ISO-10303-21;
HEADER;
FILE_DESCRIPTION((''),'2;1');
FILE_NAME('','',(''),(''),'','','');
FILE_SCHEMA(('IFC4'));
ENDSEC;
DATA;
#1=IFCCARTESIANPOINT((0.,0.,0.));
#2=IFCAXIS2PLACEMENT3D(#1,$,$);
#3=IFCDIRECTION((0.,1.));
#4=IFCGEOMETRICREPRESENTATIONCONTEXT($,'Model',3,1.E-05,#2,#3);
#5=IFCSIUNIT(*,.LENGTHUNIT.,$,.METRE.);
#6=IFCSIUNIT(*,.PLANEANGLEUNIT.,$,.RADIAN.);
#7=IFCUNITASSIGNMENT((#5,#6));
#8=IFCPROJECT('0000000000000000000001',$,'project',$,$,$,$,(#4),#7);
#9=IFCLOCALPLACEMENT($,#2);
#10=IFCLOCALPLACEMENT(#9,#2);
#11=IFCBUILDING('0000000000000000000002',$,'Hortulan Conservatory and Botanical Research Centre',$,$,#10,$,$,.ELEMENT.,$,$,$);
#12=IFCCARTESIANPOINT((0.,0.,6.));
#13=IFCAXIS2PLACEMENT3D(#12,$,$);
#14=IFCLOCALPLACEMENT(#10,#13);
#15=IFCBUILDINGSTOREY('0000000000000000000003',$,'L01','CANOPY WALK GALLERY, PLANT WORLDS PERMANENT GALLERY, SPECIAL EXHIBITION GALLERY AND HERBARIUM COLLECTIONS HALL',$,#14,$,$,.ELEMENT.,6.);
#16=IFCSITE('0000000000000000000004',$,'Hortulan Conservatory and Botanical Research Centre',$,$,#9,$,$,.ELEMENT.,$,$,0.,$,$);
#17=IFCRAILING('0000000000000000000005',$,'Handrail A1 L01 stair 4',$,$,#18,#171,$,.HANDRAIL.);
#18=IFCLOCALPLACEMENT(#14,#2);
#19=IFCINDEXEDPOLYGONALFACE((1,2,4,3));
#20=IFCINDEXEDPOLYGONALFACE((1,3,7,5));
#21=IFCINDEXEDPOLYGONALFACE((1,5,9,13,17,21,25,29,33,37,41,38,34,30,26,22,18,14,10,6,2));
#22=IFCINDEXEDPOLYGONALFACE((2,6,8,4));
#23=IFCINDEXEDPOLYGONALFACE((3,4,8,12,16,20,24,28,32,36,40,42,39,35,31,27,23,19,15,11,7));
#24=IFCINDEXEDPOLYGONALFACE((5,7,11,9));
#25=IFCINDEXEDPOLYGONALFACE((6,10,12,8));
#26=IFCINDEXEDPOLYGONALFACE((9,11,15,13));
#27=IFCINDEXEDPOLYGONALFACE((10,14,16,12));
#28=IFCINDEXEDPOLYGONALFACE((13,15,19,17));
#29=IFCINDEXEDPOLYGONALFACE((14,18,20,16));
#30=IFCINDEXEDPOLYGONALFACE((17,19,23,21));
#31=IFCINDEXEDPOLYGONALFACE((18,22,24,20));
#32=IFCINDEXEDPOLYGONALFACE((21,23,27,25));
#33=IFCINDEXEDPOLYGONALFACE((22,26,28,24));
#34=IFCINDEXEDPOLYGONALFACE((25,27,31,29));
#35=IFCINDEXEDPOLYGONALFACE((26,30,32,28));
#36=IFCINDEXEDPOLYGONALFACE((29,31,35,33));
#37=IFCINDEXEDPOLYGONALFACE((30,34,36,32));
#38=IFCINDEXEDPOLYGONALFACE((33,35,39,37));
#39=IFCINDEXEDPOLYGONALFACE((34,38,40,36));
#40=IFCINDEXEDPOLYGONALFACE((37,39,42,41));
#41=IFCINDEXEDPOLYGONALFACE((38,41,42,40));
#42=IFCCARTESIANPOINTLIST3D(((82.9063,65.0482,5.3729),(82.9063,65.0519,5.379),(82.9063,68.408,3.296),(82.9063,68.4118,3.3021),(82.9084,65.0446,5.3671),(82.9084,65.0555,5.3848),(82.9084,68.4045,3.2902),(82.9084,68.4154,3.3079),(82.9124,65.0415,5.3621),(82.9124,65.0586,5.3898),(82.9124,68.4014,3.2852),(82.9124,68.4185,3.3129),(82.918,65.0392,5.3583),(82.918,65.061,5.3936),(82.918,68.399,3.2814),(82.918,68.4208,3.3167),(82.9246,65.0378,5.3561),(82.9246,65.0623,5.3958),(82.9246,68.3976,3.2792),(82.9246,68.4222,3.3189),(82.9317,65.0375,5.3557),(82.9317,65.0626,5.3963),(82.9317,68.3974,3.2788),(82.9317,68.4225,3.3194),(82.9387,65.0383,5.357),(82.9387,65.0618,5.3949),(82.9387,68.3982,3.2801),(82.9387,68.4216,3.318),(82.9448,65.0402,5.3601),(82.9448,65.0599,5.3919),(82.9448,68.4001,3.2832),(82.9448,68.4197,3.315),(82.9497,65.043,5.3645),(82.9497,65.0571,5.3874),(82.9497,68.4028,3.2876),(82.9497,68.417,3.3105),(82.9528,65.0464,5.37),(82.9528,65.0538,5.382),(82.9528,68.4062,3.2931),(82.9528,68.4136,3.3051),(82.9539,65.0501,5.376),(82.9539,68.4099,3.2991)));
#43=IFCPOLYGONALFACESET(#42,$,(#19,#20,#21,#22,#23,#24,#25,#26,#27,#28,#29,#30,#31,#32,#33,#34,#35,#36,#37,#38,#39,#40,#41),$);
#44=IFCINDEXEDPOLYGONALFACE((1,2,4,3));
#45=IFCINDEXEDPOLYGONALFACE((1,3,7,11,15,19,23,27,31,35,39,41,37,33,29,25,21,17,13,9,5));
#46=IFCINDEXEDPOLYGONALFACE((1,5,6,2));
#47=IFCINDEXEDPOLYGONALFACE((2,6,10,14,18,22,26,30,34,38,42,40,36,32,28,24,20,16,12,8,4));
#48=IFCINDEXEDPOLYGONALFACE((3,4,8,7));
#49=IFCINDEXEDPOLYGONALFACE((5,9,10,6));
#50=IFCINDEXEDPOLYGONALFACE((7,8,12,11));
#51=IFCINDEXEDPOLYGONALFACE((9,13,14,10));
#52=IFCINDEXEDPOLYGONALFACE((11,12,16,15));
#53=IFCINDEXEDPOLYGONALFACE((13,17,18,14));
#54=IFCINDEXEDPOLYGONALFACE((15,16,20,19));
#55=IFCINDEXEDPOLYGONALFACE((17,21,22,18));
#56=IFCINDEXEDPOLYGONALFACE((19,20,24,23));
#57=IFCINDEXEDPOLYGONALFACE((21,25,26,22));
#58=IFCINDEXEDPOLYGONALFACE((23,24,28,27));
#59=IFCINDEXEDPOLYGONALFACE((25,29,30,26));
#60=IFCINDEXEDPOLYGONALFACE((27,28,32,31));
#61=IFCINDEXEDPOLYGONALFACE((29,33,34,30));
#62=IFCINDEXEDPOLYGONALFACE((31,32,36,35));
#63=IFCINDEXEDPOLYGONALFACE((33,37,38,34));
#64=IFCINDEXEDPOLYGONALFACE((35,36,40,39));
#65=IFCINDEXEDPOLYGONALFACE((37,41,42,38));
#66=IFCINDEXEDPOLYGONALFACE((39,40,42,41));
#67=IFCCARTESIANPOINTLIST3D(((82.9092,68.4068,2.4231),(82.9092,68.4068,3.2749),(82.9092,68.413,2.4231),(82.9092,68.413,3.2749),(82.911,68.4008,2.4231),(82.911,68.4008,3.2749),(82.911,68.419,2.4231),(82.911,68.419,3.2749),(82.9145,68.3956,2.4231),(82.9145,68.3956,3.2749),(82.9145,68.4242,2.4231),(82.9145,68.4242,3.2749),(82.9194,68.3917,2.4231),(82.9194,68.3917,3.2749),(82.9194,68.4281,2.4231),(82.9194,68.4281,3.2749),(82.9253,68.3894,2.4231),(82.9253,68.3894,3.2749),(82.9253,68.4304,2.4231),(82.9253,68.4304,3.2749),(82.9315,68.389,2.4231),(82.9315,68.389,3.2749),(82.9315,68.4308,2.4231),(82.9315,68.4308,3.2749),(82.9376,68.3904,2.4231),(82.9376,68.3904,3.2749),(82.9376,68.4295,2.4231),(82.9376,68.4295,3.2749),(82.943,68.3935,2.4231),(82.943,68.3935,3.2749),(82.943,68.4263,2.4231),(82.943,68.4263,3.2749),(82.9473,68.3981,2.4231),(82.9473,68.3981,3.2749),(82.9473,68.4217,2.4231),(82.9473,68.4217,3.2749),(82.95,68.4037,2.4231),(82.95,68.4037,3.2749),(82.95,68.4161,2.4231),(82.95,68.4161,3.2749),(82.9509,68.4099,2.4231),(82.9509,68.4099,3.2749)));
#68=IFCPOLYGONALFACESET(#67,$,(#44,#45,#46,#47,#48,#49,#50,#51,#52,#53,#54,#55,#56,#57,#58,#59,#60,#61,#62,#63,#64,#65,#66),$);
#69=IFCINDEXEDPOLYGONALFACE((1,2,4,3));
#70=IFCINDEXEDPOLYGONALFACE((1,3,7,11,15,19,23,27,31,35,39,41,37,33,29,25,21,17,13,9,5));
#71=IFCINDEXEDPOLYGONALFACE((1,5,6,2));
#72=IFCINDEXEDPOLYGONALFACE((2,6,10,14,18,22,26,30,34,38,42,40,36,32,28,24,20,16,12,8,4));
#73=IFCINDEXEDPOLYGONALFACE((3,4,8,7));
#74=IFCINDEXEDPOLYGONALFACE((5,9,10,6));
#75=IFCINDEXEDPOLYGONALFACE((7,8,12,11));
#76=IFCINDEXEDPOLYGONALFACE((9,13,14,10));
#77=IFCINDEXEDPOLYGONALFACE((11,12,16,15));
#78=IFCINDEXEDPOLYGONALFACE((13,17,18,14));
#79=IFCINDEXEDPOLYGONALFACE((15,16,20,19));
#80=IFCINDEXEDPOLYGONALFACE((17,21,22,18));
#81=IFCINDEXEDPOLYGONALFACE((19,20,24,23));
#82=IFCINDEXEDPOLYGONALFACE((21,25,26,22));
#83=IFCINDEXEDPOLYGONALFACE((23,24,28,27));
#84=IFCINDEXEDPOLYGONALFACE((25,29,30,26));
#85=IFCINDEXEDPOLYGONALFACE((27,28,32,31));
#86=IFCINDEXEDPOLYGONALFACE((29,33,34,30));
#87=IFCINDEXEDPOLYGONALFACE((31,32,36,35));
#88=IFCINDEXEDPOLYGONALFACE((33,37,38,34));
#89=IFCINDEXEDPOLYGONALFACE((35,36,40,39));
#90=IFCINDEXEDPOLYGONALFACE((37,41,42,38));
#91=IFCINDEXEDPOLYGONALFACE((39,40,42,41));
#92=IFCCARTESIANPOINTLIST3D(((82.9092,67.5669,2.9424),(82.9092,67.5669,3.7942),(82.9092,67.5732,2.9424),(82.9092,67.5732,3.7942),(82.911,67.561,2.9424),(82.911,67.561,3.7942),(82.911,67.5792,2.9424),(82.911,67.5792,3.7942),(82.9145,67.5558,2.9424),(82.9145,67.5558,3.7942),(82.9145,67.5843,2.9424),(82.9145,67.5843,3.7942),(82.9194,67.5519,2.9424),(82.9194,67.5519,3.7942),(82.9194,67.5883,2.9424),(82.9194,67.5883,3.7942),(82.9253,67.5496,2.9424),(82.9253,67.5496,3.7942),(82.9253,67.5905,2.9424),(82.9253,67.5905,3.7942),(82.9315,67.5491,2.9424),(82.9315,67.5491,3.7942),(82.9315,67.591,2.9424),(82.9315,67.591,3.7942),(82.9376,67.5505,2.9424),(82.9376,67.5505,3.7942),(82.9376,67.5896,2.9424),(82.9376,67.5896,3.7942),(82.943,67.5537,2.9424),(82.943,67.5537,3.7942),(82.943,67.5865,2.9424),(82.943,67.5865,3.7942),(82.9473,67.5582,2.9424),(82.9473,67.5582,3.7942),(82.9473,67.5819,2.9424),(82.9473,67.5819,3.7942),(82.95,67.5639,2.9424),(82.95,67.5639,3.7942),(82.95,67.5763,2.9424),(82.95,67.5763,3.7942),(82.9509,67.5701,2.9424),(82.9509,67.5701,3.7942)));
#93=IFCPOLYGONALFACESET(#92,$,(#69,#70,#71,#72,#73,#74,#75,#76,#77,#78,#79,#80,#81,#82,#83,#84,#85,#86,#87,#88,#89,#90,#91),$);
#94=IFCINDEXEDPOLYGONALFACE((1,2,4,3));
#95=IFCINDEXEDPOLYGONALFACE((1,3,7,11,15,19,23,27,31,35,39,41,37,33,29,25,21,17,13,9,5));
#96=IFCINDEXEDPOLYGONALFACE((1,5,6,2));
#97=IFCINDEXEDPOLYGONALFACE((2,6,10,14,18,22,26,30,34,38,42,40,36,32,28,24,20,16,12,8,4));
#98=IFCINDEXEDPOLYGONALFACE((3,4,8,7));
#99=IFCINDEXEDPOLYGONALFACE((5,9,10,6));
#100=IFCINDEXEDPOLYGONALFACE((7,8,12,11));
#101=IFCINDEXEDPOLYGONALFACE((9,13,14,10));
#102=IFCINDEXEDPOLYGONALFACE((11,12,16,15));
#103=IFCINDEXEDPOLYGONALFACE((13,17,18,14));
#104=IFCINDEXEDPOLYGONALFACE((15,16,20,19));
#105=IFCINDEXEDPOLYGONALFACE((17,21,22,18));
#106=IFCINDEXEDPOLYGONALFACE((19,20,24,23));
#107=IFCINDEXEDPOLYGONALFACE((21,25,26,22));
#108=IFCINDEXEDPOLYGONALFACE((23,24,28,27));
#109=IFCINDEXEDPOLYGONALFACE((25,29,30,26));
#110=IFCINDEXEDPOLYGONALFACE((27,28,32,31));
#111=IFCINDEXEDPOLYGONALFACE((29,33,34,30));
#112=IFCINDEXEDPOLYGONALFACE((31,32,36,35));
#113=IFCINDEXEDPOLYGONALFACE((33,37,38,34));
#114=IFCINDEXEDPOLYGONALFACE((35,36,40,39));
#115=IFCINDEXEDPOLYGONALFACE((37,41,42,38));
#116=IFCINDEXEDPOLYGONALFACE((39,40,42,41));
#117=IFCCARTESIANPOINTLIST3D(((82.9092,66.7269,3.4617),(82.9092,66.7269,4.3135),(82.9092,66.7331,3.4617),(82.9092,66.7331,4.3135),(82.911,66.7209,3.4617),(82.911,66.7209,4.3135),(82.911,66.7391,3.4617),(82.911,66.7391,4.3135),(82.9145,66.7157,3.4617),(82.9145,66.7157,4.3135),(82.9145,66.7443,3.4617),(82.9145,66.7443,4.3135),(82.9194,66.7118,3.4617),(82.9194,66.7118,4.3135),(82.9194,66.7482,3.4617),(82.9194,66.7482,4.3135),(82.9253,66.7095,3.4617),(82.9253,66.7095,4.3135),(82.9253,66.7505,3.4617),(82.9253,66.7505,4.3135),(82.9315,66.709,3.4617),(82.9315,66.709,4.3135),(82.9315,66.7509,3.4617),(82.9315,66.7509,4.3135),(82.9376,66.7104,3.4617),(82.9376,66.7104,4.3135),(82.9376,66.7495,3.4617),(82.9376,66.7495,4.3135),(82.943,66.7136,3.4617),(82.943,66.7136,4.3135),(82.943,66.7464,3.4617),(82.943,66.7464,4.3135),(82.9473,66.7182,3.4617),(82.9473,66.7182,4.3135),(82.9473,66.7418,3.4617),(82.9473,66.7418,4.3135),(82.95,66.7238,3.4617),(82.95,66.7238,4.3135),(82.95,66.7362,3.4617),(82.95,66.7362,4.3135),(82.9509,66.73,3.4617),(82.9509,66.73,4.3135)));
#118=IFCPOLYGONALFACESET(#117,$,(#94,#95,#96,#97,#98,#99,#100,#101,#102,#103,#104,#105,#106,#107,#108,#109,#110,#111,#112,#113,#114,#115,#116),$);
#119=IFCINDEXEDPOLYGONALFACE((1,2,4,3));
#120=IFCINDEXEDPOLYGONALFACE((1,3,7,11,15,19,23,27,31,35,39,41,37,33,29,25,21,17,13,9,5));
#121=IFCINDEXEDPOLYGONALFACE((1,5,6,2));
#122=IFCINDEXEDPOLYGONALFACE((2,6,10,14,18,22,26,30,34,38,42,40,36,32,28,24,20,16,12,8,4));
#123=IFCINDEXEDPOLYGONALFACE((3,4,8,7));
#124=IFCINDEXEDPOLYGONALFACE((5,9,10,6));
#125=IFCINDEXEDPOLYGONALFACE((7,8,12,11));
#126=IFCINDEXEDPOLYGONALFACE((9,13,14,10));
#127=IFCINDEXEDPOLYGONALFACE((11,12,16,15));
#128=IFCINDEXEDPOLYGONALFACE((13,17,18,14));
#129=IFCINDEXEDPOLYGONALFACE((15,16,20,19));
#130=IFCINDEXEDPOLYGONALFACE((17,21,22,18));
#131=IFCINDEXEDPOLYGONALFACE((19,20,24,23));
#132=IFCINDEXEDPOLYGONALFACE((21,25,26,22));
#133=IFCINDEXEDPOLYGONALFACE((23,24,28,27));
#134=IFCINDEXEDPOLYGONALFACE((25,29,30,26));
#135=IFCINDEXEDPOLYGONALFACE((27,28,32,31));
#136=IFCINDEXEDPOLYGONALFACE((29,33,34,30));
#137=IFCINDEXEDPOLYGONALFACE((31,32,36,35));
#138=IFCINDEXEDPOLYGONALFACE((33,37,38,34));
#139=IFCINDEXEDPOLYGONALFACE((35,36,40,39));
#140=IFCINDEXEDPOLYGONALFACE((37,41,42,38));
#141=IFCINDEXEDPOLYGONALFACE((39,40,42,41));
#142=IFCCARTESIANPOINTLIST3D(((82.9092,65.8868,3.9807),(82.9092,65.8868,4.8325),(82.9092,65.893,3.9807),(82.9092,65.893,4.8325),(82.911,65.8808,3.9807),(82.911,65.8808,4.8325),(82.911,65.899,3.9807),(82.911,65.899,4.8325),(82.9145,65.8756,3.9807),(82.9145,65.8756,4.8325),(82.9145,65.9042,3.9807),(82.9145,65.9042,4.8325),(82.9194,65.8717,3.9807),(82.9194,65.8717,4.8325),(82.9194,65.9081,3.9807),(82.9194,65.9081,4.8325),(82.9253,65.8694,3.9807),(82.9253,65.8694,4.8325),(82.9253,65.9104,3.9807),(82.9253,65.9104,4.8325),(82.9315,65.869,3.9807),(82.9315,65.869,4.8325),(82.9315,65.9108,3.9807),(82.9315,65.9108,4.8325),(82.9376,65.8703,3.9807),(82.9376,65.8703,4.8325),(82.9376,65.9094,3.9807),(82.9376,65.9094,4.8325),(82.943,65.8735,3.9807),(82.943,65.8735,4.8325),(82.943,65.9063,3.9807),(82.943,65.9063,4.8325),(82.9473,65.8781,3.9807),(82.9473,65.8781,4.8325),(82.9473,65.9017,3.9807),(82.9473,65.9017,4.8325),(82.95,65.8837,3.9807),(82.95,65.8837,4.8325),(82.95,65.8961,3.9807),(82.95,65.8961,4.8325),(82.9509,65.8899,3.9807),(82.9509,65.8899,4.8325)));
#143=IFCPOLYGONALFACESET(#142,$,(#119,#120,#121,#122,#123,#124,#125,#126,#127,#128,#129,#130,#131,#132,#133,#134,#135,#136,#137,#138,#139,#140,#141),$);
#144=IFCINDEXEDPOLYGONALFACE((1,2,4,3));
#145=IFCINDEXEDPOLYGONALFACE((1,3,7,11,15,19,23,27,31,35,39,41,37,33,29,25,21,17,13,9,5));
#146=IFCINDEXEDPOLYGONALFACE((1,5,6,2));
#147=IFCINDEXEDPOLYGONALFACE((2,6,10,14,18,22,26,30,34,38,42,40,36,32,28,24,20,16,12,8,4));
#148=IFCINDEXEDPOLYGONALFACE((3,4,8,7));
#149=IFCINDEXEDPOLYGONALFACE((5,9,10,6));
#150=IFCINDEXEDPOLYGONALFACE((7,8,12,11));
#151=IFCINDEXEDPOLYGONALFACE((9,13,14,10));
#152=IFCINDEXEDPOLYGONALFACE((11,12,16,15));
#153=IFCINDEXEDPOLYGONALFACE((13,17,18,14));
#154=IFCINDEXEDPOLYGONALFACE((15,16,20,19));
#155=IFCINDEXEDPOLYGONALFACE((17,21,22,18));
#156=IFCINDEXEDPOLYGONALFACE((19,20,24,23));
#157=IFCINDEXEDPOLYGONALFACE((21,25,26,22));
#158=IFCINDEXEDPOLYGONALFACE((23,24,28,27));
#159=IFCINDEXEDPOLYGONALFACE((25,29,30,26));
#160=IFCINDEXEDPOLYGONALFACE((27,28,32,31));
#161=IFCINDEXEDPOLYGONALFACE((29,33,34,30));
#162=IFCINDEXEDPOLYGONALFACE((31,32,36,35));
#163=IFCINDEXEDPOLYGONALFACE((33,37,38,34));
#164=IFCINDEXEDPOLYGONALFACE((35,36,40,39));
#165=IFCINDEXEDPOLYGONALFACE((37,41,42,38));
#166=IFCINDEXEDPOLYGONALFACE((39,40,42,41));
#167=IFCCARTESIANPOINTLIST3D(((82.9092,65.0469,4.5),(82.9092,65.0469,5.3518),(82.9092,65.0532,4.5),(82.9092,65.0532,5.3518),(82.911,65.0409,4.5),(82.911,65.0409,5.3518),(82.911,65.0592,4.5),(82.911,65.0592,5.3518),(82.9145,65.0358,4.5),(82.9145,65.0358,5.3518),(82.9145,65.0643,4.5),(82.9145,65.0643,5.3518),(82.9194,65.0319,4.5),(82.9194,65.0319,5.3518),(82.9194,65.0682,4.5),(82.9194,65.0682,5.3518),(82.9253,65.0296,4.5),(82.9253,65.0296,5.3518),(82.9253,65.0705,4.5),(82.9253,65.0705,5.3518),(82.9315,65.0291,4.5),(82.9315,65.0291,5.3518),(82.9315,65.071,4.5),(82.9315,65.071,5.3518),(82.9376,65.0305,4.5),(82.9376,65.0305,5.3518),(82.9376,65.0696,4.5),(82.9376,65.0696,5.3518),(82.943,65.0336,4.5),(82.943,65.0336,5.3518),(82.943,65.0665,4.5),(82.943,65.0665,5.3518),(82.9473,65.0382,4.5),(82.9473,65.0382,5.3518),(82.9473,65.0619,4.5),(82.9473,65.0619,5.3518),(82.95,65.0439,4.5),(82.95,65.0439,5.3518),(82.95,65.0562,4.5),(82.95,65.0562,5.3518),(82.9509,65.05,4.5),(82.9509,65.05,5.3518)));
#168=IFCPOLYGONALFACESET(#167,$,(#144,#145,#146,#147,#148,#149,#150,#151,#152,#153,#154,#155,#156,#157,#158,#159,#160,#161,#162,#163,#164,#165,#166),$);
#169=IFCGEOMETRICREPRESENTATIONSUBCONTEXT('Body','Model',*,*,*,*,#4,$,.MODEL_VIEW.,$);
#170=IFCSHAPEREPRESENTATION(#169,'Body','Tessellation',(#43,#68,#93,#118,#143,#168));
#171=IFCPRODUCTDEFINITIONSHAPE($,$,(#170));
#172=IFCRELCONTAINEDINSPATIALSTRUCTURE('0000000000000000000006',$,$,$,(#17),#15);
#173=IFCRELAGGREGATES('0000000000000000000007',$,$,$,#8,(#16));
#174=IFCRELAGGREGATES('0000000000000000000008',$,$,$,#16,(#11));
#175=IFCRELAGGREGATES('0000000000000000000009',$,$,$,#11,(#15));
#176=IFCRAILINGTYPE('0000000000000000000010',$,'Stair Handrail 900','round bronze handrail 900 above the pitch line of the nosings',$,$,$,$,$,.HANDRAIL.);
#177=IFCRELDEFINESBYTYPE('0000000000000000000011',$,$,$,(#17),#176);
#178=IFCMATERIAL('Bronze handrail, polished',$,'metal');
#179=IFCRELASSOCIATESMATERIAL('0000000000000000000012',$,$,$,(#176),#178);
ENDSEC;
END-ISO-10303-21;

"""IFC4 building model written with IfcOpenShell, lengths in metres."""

from ifc_helpers import new_model, si_unit, direction, frame, origin, origin_2d, place, context, subcontext, project, spatial, circle, extrude, material, type_object, element, save


model = new_model("IFC4")

# Units and contexts
model_context = context("Model", 3, precision=1e-05, world=origin(), true_north=direction((0.0, 1.0)))
body_context = subcontext(model_context, "Body", "Model", "MODEL_VIEW")
ifc_project = project(units=[si_unit("LENGTHUNIT", "METRE"), si_unit("PLANEANGLEUNIT", "RADIAN")], contexts=[model_context])

# Site, building, storey
site_placement = place(None, origin())
site = spatial("IfcSite", under=ifc_project, at=site_placement, Name="Hortulan Conservatory and Botanical Research Centre", CompositionType="ELEMENT", RefElevation=0.0)
building_placement = place(site_placement, origin())
building = spatial("IfcBuilding", under=site, at=building_placement, Name="Hortulan Conservatory and Botanical Research Centre", CompositionType="ELEMENT")
storey_placement = place(building_placement, frame((0.0, 0.0, 6.0)))
storey = spatial("IfcBuildingStorey", under=building, at=storey_placement, Name="L01", Description="CANOPY WALK GALLERY, PLANT WORLDS PERMANENT GALLERY, SPECIAL EXHIBITION GALLERY AND HERBARIUM COLLECTIONS HALL", CompositionType="ELEMENT", Elevation=6.0)

# Railing
ifc_material_1 = material(Name="Bronze handrail, polished", Category="metal")
railing_type_1 = type_object("IfcRailingType", Name="Stair Handrail 900", Description="round bronze handrail 900 above the pitch line of the nosings", PredefinedType="HANDRAIL", material=ifc_material_1)
railing_1_placement = place(storey_placement, frame((82.9299, 68.4099, 2.4231)))
element("IfcRailing", 1, at=railing_1_placement, inside=storey, type_object=railing_type_1, Name="Handrail A1 L01 stair 4", PredefinedType="HANDRAIL", context=body_context, shape_type="SweptSolid", body=[
    extrude(circle(Radius=0.0239, at=origin_2d()), frame((0.0, 0.0, 0.876), z_axis=(0.0, -0.850606, 0.525803), x_axis=(1.0, 0.0, 0.0)), (0.0, 0.0, 1.0), 3.95),
    extrude(circle(Radius=0.021, at=origin_2d()), origin(), (0.0, 0.0, 1.0), 0.8518),
    extrude(circle(Radius=0.021, at=origin_2d()), frame((0.0, -0.8398, 0.5193)), (0.0, 0.0, 1.0), 0.8518),
    extrude(circle(Radius=0.021, at=origin_2d()), frame((0.0, -1.6799, 1.0386)), (0.0, 0.0, 1.0), 0.8518),
    extrude(circle(Radius=0.021, at=origin_2d()), frame((0.0, -2.52, 1.5576)), (0.0, 0.0, 1.0), 0.8518),
    extrude(circle(Radius=0.021, at=origin_2d()), frame((0.0, -3.3599, 2.0769)), (0.0, 0.0, 1.0), 0.8518),
])

save(model, "model.ifc")
